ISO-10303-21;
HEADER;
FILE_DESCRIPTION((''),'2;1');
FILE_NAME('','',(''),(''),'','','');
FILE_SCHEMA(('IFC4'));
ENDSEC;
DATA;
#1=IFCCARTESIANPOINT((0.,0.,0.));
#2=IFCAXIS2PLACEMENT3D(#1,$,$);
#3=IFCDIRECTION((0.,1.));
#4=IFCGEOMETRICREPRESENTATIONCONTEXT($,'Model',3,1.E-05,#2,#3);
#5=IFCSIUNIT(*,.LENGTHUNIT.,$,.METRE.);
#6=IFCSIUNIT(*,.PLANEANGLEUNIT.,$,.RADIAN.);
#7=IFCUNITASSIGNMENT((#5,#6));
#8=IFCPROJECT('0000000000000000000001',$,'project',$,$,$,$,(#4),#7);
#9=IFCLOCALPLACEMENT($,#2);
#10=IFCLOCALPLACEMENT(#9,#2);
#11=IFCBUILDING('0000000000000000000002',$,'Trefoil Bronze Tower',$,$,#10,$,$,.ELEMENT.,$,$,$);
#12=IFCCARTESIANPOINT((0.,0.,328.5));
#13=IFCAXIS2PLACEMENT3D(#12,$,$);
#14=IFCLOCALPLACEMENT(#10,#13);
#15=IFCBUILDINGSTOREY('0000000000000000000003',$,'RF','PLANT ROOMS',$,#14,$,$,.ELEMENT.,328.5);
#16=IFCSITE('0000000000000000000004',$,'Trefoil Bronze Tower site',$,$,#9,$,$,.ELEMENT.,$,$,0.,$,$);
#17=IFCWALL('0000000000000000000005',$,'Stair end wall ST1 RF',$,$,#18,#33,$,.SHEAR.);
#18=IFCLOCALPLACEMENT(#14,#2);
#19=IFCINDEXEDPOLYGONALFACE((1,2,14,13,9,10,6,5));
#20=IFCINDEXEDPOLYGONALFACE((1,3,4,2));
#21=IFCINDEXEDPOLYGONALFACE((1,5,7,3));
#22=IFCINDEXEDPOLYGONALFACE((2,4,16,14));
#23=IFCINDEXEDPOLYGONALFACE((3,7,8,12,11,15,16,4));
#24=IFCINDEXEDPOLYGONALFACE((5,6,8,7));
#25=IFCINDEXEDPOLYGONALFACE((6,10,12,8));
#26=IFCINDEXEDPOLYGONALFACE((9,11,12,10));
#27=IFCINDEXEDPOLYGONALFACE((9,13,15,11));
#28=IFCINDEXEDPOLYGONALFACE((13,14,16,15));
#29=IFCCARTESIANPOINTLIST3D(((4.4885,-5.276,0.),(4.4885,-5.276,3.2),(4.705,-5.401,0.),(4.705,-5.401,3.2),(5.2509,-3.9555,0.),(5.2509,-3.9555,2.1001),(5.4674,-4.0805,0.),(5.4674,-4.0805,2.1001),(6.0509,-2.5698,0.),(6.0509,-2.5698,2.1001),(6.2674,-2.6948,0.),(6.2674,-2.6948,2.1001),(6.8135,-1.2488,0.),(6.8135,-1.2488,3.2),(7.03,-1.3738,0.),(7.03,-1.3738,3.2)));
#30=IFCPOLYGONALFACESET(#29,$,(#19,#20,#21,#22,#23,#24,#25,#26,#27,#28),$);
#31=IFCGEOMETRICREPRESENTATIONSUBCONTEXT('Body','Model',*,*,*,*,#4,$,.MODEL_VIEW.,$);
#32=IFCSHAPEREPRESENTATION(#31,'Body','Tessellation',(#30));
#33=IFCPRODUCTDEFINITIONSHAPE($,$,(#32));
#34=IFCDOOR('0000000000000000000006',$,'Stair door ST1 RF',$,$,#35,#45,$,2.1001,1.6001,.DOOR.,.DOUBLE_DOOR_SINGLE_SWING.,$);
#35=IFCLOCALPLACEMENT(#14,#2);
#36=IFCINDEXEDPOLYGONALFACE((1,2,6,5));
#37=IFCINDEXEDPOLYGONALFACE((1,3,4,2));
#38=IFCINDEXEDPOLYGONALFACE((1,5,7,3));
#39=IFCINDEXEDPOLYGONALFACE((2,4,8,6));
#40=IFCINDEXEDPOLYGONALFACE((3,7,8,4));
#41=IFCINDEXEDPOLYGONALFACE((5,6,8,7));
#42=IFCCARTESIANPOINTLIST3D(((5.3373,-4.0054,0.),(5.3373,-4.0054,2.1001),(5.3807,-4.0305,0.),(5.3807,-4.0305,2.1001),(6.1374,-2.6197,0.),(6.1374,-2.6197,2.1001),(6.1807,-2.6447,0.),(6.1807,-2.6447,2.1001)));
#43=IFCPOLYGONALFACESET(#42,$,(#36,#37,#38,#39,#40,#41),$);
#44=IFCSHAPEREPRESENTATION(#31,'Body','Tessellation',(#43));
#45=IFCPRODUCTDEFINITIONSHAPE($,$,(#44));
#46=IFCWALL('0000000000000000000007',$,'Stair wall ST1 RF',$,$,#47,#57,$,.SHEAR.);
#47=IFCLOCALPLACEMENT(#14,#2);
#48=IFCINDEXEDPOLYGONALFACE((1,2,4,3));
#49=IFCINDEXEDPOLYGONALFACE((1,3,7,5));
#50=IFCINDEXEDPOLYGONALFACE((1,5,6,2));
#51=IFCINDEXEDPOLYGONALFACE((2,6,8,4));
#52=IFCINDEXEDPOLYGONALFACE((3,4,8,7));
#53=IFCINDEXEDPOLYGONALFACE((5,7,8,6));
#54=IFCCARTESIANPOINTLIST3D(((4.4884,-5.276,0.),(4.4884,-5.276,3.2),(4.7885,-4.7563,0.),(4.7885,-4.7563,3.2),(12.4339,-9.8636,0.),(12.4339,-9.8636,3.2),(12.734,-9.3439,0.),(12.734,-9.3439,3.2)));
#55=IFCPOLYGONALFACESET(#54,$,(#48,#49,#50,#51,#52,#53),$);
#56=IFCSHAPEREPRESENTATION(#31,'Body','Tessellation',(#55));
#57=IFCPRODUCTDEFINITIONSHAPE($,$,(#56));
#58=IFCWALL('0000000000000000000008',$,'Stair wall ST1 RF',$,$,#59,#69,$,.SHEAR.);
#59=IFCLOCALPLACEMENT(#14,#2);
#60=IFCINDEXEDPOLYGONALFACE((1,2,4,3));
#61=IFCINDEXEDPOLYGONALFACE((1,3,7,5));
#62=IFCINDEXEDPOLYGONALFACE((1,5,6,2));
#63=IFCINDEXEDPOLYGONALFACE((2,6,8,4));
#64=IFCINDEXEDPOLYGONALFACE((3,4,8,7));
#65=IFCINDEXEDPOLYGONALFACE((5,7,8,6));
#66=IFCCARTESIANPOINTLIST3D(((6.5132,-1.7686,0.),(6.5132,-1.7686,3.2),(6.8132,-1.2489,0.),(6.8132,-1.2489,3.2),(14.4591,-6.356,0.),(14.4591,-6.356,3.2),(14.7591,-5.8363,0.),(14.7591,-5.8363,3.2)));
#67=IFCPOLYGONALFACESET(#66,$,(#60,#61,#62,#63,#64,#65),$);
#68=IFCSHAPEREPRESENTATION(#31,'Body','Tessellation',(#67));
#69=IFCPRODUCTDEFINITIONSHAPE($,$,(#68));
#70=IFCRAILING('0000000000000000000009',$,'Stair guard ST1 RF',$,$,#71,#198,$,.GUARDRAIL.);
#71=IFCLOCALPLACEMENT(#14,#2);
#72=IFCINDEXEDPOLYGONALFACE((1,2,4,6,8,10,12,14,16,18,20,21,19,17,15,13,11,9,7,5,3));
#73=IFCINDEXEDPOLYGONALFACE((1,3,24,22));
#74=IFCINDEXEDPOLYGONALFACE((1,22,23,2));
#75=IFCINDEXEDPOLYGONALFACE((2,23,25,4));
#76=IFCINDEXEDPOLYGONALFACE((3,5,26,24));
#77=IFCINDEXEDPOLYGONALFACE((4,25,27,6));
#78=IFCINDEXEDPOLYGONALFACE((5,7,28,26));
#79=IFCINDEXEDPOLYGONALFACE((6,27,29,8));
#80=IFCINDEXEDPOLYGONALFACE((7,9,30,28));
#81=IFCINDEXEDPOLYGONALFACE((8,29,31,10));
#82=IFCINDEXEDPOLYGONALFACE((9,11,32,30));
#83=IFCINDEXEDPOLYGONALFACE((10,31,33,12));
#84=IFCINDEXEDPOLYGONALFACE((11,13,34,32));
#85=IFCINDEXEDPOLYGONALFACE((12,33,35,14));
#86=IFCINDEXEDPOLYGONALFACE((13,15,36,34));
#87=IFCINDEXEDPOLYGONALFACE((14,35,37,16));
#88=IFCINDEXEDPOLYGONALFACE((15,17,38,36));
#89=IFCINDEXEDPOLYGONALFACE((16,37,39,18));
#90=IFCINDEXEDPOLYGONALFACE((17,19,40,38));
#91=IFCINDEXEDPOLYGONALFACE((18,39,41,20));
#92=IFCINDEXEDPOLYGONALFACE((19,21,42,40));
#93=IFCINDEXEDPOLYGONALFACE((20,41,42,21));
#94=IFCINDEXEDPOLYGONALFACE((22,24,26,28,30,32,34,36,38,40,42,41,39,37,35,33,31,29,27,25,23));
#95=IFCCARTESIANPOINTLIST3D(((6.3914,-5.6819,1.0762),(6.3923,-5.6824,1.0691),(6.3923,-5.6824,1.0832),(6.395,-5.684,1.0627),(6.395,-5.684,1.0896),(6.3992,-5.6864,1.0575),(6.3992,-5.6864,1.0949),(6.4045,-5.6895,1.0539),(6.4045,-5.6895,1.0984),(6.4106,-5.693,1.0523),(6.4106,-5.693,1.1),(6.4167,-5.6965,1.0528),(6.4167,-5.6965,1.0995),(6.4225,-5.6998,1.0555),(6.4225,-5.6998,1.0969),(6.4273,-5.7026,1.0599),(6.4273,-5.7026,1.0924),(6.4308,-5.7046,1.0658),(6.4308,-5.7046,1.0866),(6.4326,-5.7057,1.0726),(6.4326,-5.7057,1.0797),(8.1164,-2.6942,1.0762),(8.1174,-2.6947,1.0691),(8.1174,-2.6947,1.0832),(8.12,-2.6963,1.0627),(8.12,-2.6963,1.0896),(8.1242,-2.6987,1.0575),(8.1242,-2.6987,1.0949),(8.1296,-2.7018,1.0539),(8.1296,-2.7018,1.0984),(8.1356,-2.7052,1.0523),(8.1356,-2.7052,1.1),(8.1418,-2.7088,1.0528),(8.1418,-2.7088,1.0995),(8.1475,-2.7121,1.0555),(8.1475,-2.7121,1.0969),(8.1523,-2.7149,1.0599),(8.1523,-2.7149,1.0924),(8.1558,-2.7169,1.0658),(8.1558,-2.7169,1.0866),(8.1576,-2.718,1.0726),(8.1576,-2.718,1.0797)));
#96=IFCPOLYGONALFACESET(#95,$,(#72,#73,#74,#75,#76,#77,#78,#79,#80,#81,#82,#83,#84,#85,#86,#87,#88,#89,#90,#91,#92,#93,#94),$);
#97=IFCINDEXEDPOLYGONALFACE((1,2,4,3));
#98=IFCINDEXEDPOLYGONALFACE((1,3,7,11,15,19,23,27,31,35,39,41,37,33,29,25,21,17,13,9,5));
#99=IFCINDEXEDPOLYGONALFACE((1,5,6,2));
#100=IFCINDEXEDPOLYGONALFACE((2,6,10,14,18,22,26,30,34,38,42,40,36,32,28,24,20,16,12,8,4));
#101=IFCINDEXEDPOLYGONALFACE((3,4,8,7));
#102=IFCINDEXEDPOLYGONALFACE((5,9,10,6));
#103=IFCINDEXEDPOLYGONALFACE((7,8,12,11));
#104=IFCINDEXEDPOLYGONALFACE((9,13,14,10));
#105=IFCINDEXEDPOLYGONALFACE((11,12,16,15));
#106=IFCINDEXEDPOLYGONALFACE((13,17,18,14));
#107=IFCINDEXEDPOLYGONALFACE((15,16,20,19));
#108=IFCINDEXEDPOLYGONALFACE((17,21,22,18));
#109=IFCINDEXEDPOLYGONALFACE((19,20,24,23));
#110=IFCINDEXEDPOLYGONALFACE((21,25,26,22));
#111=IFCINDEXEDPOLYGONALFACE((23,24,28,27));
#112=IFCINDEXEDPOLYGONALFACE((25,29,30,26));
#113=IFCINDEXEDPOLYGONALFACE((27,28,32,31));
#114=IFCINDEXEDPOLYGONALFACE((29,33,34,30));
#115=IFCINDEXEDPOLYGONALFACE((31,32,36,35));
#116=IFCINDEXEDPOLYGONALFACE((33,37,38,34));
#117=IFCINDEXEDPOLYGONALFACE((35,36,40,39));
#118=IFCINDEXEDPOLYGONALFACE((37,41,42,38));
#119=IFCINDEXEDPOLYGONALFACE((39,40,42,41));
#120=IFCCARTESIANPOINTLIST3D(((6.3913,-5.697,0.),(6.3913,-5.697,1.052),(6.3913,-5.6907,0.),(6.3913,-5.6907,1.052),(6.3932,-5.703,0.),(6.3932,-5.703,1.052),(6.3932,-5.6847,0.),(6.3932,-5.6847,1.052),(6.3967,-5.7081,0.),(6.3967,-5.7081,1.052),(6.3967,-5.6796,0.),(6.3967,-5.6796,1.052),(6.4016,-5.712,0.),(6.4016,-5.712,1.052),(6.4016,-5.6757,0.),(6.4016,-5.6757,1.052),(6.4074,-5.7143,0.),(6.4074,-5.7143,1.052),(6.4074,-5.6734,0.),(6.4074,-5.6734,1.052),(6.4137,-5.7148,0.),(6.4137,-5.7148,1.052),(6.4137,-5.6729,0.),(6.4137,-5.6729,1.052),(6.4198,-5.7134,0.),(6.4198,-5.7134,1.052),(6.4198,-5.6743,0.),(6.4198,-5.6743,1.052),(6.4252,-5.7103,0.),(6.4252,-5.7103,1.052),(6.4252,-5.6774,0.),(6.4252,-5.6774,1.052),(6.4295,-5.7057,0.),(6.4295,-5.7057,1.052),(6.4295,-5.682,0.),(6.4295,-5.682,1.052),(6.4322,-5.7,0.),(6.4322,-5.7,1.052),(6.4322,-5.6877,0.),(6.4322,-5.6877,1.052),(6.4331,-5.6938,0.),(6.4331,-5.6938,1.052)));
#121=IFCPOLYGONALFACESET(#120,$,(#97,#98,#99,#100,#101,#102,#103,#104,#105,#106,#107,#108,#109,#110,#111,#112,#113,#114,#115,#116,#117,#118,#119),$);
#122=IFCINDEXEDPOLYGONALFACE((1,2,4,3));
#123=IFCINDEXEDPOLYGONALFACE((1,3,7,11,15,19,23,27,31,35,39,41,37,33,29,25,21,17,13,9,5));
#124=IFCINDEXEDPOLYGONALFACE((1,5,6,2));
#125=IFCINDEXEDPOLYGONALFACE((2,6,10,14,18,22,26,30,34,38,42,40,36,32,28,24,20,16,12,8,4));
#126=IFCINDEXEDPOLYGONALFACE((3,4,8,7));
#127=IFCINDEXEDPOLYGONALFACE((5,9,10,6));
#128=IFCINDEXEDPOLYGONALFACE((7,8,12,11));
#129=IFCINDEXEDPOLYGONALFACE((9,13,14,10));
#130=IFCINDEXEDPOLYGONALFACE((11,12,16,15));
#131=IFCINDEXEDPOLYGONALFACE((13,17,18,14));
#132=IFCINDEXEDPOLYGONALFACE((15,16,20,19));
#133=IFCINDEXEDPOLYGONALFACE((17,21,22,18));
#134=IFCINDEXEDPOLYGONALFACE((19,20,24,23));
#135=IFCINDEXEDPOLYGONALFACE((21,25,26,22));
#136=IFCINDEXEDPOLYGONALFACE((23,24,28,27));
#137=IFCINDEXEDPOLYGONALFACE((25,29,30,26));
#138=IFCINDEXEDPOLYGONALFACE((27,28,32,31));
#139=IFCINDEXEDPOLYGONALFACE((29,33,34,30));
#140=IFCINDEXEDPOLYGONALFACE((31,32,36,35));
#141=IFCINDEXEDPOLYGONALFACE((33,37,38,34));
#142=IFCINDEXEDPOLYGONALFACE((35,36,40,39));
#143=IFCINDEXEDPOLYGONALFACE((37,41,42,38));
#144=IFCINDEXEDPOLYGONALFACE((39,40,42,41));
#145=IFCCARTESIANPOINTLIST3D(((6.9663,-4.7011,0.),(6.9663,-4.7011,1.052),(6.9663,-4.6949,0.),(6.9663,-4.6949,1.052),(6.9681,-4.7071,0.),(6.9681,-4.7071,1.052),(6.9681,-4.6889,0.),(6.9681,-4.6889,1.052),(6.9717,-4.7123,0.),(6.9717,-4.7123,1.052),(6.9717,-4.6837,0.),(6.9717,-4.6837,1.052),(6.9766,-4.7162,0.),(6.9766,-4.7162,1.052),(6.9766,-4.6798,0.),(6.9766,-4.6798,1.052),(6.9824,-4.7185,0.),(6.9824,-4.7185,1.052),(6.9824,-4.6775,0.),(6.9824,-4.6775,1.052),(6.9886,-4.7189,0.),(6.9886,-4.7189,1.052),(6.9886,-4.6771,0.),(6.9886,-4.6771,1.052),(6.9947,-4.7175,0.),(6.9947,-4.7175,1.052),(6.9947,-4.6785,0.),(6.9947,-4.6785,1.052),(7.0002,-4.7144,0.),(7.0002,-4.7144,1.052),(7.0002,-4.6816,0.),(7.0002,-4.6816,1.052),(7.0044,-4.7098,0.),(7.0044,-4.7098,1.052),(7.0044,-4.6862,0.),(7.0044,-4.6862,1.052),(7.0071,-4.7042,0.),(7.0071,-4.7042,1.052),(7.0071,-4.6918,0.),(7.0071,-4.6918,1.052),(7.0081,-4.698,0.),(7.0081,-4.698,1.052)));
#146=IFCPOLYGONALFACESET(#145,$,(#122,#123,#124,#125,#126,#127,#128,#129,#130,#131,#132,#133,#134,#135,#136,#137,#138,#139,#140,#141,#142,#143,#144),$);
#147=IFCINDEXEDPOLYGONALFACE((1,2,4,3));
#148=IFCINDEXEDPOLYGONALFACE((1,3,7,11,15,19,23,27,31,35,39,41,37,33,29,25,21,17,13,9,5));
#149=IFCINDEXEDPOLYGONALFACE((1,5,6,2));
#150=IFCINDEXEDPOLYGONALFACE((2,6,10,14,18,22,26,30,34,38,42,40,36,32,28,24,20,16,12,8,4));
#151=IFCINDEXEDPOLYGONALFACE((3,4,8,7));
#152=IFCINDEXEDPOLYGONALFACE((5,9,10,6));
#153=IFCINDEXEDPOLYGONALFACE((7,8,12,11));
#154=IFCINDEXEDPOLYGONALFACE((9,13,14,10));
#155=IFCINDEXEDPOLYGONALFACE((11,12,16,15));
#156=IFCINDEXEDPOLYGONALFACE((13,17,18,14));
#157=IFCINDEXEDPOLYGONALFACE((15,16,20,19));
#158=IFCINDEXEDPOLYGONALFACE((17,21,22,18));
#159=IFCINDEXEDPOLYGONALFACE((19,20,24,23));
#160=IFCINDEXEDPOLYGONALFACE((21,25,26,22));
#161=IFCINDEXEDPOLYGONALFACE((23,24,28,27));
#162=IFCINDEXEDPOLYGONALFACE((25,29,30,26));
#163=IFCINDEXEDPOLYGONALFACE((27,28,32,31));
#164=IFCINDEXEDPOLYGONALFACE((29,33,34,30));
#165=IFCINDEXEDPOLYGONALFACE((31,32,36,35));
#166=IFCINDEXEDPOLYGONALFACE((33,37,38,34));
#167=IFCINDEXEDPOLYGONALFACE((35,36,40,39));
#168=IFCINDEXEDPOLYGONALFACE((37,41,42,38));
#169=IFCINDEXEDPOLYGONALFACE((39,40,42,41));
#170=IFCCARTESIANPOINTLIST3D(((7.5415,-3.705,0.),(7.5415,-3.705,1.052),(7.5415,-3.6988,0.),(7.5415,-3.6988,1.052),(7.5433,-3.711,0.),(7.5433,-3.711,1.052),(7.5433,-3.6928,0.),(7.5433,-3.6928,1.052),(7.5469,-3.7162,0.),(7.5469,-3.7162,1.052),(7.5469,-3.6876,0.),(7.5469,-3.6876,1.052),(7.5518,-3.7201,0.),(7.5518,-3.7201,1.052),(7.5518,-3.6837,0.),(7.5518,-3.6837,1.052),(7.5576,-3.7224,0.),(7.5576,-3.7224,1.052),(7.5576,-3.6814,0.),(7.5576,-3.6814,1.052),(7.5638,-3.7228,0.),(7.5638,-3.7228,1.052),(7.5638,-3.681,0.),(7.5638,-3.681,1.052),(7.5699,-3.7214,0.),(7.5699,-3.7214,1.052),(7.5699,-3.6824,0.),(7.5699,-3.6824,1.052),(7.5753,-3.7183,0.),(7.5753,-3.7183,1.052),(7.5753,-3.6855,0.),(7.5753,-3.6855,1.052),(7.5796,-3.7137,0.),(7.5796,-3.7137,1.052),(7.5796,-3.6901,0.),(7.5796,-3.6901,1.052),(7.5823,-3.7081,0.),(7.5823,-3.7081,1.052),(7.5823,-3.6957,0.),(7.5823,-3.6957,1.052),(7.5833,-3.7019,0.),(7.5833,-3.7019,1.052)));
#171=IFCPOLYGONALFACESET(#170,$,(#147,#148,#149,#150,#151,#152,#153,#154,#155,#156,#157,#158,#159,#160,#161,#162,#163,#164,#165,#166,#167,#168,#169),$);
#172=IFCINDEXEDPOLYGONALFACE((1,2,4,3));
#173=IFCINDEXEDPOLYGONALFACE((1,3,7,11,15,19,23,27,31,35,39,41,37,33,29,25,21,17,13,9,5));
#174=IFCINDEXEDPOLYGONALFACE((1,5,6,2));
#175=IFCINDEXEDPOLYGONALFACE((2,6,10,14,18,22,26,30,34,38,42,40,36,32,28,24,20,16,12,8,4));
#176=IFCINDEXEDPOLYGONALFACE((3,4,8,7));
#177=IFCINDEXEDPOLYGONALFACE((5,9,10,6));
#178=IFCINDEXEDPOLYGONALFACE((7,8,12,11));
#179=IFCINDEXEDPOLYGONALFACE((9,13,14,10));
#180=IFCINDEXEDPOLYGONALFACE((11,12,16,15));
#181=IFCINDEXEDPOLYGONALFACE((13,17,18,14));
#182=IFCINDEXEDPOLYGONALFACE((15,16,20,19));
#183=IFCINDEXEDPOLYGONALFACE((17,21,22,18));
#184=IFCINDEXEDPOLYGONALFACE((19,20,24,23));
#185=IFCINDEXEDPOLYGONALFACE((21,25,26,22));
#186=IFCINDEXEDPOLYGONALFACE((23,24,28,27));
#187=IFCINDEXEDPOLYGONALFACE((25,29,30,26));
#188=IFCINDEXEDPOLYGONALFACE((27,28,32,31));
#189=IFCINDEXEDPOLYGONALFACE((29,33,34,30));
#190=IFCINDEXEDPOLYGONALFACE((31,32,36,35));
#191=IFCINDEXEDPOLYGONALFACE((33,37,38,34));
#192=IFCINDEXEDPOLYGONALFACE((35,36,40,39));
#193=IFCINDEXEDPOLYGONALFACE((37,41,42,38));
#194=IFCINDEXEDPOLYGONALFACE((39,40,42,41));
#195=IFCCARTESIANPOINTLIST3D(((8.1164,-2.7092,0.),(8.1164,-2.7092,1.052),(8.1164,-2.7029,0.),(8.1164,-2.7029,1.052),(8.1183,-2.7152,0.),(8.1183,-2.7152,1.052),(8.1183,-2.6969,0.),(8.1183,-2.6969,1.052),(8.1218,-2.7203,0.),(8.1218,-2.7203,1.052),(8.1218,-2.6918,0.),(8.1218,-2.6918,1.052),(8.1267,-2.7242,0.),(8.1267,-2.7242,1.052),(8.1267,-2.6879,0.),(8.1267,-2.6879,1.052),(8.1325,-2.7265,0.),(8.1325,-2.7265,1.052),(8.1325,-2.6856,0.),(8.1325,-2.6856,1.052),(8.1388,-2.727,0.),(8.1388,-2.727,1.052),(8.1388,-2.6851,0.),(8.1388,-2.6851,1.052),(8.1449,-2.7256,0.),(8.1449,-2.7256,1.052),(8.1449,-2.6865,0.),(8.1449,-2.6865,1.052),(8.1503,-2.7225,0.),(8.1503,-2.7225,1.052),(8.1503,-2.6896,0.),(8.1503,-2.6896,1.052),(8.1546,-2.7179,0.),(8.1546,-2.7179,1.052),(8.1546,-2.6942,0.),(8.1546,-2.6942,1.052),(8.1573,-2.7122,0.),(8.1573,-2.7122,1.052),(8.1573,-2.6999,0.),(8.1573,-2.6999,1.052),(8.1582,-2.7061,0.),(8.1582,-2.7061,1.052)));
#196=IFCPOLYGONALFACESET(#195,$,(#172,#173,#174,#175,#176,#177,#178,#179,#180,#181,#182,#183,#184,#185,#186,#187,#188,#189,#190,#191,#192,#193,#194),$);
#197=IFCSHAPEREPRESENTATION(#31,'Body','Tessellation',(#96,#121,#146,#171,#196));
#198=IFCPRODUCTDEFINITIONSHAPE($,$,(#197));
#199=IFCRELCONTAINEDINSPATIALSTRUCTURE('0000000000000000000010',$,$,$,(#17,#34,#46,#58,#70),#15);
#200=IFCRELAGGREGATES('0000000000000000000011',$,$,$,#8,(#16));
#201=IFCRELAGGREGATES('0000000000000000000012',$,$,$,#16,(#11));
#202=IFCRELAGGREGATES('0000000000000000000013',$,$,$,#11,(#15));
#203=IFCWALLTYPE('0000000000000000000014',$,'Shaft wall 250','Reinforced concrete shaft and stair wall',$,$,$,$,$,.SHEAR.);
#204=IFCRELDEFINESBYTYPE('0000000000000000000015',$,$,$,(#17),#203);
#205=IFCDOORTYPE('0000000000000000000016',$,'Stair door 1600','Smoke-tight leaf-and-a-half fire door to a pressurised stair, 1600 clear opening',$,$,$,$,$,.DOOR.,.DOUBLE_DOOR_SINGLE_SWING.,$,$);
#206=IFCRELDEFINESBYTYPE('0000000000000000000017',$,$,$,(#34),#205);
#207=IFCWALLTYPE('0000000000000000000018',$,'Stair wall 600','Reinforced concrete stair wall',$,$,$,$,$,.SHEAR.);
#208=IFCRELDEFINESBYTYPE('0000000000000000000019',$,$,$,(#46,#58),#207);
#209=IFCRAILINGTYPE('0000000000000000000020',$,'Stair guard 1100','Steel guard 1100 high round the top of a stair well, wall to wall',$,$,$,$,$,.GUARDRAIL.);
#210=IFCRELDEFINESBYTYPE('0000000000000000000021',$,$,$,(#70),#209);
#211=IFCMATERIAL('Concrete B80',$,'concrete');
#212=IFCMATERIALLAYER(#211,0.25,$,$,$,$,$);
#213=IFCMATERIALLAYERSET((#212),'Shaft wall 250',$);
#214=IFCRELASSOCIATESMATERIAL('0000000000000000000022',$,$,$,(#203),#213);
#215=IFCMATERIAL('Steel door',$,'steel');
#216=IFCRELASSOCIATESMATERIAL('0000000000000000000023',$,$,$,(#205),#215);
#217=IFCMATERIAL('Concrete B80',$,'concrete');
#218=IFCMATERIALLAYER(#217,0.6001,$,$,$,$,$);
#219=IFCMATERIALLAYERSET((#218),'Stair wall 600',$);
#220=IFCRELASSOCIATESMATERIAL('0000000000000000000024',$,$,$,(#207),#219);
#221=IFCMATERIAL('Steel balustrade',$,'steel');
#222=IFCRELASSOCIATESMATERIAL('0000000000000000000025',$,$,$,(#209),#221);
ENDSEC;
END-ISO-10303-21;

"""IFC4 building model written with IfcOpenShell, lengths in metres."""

from ifc_helpers import new_model, si_unit, direction, frame, frame_2d, origin, origin_2d, place, context, subcontext, project, spatial, rectangle, circle, extrude, material, layer, layer_set, type_object, element, fill, save


model = new_model("IFC4")

# Units and contexts
model_context = context("Model", 3, precision=1e-05, world=origin(), true_north=direction((0.0, 1.0)))
body_context = subcontext(model_context, "Body", "Model", "MODEL_VIEW")
ifc_project = project(units=[si_unit("LENGTHUNIT", "METRE"), si_unit("PLANEANGLEUNIT", "RADIAN")], contexts=[model_context])

# Site, building, storey
site_placement = place(None, origin())
site = spatial("IfcSite", under=ifc_project, at=site_placement, Name="Trefoil Bronze Tower site", CompositionType="ELEMENT", RefElevation=0.0)
building_placement = place(site_placement, origin())
building = spatial("IfcBuilding", under=site, at=building_placement, Name="Trefoil Bronze Tower", CompositionType="ELEMENT")
storey_placement = place(building_placement, frame((0.0, 0.0, 328.5)))
storey = spatial("IfcBuildingStorey", under=building, at=storey_placement, Name="RF", Description="PLANT ROOMS", CompositionType="ELEMENT", Elevation=328.5)

# Wall, opening, door
ifc_material_1 = material(Name="Concrete B80", Category="concrete")
ifc_layer_1 = layer(ifc_material_1, 0.25)
ifc_layer_set_1 = layer_set([ifc_layer_1], Name="Shaft wall 250")
wall_type_1 = type_object("IfcWallType", Name="Shaft wall 250", Description="Reinforced concrete shaft and stair wall", PredefinedType="SHEAR", material=ifc_layer_set_1)
wall_1_placement = place(storey_placement, frame((4.5967, -5.3386, 0.0), z_axis=(0.0, 0.0, 1.0), x_axis=(0.499985, 0.866034, 0.0)))
wall_1 = element("IfcWall", 1, at=wall_1_placement, inside=storey, type_object=wall_type_1, Name="Stair end wall ST1 RF", PredefinedType="SHEAR", context=body_context, shape_type="SweptSolid", body=[
    extrude(rectangle(XDim=4.6501, YDim=0.25, at=frame_2d((2.3252, 0.0))), origin(), (0.0, 0.0, 1.0), 3.2),
])
opening_1_placement = place(wall_1_placement, frame((1.5249, 0.0, 0.0)))
opening_1 = element("IfcOpeningElement", 2, at=opening_1_placement, cuts=wall_1, PredefinedType="OPENING", context=body_context, shape_type="SweptSolid", body=[
    extrude(rectangle(XDim=1.6001, YDim=2.1001, at=frame_2d((0.8, 1.05))), frame((0.0, 0.135, 0.0), z_axis=(0.0, -1.0, 0.0), x_axis=(1.0, 0.0, 0.0)), (0.0, 0.0, 1.0), 0.27),
])
ifc_material_2 = material(Name="Steel door", Category="steel")
door_type_1 = type_object("IfcDoorType", Name="Stair door 1600", Description="Smoke-tight leaf-and-a-half fire door to a pressurised stair, 1600 clear opening", OperationType="DOUBLE_DOOR_SINGLE_SWING", PredefinedType="DOOR", material=ifc_material_2)
door_1_placement = place(opening_1_placement, frame((1.6001, 0.0, 0.0), z_axis=(0.0, 0.0, 1.0), x_axis=(-1.0, 0.0, 0.0)))
door_1 = element("IfcDoor", 3, at=door_1_placement, inside=storey, type_object=door_type_1, Name="Stair door ST1 RF", OperationType="DOUBLE_DOOR_SINGLE_SWING", OverallHeight=2.1001, OverallWidth=1.6001, PredefinedType="DOOR", context=body_context, shape_type="SweptSolid", body=[
    extrude(rectangle(XDim=1.6001, YDim=2.1001, at=frame_2d((0.8, 1.05))), frame((0.0, 0.0249, 0.0), z_axis=(0.0, -1.0, 0.0), x_axis=(1.0, 0.0, 0.0)), (0.0, 0.0, 1.0), 0.05),
])
fill(opening_1, door_1)

# Walls
ifc_material_3 = material(Name="Concrete B80", Category="concrete")
ifc_layer_2 = layer(ifc_material_3, 0.6001)
ifc_layer_set_2 = layer_set([ifc_layer_2], Name="Stair wall 600")
wall_type_2 = type_object("IfcWallType", Name="Stair wall 600", Description="Reinforced concrete stair wall", PredefinedType="SHEAR", material=ifc_layer_set_2)
wall_2_placement = place(storey_placement, frame((4.6384, -5.0161, 0.0), z_axis=(0.0, 0.0, 1.0), x_axis=(0.866012, -0.500023, 0.0)))
element("IfcWall", 4, at=wall_2_placement, inside=storey, type_object=wall_type_2, Name="Stair wall ST1 RF", PredefinedType="SHEAR", context=body_context, shape_type="SweptSolid", body=[
    extrude(rectangle(XDim=9.1748, YDim=0.6001, at=frame_2d((4.5874, 0.0))), origin(), (0.0, 0.0, 1.0), 3.2),
])
wall_3_placement = place(storey_placement, frame((6.6633, -1.5088, 0.0), z_axis=(0.0, 0.0, 1.0), x_axis=(0.86603, -0.499991, 0.0)))
element("IfcWall", 5, at=wall_3_placement, inside=storey, type_object=wall_type_2, Name="Stair wall ST1 RF", PredefinedType="SHEAR", context=body_context, shape_type="SweptSolid", body=[
    extrude(rectangle(XDim=9.175, YDim=0.6001, at=frame_2d((4.5874, 0.0))), origin(), (0.0, 0.0, 1.0), 3.2),
])

# Railing
ifc_material_4 = material(Name="Steel balustrade", Category="steel")
railing_type = type_object("IfcRailingType", Name="Stair guard 1100", Description="Steel guard 1100 high round the top of a stair well, wall to wall", PredefinedType="GUARDRAIL", material=ifc_material_4)
railing_placement = place(storey_placement, frame((6.4121, -5.6938, 0.0)))
element("IfcRailing", 6, at=railing_placement, inside=storey, type_object=railing_type, Name="Stair guard ST1 RF", PredefinedType="GUARDRAIL", context=body_context, shape_type="SweptSolid", body=[
    extrude(circle(Radius=0.0239, at=origin_2d()), frame((0.0, 0.0, 1.0762), z_axis=(0.500021, 0.866014, 0.0), x_axis=(-0.866014, 0.500021, 0.0)), (0.0, 0.0, 1.0), 3.45),
    extrude(circle(Radius=0.021, at=origin_2d()), origin(), (0.0, 0.0, 1.0), 1.052),
    extrude(circle(Radius=0.021, at=origin_2d()), frame((0.575, 0.9958, 0.0)), (0.0, 0.0, 1.0), 1.052),
    extrude(circle(Radius=0.021, at=origin_2d()), frame((1.1501, 1.9919, 0.0)), (0.0, 0.0, 1.0), 1.052),
    extrude(circle(Radius=0.021, at=origin_2d()), frame((1.7251, 2.9878, 0.0)), (0.0, 0.0, 1.0), 1.052),
])

save(model, "model.ifc")
